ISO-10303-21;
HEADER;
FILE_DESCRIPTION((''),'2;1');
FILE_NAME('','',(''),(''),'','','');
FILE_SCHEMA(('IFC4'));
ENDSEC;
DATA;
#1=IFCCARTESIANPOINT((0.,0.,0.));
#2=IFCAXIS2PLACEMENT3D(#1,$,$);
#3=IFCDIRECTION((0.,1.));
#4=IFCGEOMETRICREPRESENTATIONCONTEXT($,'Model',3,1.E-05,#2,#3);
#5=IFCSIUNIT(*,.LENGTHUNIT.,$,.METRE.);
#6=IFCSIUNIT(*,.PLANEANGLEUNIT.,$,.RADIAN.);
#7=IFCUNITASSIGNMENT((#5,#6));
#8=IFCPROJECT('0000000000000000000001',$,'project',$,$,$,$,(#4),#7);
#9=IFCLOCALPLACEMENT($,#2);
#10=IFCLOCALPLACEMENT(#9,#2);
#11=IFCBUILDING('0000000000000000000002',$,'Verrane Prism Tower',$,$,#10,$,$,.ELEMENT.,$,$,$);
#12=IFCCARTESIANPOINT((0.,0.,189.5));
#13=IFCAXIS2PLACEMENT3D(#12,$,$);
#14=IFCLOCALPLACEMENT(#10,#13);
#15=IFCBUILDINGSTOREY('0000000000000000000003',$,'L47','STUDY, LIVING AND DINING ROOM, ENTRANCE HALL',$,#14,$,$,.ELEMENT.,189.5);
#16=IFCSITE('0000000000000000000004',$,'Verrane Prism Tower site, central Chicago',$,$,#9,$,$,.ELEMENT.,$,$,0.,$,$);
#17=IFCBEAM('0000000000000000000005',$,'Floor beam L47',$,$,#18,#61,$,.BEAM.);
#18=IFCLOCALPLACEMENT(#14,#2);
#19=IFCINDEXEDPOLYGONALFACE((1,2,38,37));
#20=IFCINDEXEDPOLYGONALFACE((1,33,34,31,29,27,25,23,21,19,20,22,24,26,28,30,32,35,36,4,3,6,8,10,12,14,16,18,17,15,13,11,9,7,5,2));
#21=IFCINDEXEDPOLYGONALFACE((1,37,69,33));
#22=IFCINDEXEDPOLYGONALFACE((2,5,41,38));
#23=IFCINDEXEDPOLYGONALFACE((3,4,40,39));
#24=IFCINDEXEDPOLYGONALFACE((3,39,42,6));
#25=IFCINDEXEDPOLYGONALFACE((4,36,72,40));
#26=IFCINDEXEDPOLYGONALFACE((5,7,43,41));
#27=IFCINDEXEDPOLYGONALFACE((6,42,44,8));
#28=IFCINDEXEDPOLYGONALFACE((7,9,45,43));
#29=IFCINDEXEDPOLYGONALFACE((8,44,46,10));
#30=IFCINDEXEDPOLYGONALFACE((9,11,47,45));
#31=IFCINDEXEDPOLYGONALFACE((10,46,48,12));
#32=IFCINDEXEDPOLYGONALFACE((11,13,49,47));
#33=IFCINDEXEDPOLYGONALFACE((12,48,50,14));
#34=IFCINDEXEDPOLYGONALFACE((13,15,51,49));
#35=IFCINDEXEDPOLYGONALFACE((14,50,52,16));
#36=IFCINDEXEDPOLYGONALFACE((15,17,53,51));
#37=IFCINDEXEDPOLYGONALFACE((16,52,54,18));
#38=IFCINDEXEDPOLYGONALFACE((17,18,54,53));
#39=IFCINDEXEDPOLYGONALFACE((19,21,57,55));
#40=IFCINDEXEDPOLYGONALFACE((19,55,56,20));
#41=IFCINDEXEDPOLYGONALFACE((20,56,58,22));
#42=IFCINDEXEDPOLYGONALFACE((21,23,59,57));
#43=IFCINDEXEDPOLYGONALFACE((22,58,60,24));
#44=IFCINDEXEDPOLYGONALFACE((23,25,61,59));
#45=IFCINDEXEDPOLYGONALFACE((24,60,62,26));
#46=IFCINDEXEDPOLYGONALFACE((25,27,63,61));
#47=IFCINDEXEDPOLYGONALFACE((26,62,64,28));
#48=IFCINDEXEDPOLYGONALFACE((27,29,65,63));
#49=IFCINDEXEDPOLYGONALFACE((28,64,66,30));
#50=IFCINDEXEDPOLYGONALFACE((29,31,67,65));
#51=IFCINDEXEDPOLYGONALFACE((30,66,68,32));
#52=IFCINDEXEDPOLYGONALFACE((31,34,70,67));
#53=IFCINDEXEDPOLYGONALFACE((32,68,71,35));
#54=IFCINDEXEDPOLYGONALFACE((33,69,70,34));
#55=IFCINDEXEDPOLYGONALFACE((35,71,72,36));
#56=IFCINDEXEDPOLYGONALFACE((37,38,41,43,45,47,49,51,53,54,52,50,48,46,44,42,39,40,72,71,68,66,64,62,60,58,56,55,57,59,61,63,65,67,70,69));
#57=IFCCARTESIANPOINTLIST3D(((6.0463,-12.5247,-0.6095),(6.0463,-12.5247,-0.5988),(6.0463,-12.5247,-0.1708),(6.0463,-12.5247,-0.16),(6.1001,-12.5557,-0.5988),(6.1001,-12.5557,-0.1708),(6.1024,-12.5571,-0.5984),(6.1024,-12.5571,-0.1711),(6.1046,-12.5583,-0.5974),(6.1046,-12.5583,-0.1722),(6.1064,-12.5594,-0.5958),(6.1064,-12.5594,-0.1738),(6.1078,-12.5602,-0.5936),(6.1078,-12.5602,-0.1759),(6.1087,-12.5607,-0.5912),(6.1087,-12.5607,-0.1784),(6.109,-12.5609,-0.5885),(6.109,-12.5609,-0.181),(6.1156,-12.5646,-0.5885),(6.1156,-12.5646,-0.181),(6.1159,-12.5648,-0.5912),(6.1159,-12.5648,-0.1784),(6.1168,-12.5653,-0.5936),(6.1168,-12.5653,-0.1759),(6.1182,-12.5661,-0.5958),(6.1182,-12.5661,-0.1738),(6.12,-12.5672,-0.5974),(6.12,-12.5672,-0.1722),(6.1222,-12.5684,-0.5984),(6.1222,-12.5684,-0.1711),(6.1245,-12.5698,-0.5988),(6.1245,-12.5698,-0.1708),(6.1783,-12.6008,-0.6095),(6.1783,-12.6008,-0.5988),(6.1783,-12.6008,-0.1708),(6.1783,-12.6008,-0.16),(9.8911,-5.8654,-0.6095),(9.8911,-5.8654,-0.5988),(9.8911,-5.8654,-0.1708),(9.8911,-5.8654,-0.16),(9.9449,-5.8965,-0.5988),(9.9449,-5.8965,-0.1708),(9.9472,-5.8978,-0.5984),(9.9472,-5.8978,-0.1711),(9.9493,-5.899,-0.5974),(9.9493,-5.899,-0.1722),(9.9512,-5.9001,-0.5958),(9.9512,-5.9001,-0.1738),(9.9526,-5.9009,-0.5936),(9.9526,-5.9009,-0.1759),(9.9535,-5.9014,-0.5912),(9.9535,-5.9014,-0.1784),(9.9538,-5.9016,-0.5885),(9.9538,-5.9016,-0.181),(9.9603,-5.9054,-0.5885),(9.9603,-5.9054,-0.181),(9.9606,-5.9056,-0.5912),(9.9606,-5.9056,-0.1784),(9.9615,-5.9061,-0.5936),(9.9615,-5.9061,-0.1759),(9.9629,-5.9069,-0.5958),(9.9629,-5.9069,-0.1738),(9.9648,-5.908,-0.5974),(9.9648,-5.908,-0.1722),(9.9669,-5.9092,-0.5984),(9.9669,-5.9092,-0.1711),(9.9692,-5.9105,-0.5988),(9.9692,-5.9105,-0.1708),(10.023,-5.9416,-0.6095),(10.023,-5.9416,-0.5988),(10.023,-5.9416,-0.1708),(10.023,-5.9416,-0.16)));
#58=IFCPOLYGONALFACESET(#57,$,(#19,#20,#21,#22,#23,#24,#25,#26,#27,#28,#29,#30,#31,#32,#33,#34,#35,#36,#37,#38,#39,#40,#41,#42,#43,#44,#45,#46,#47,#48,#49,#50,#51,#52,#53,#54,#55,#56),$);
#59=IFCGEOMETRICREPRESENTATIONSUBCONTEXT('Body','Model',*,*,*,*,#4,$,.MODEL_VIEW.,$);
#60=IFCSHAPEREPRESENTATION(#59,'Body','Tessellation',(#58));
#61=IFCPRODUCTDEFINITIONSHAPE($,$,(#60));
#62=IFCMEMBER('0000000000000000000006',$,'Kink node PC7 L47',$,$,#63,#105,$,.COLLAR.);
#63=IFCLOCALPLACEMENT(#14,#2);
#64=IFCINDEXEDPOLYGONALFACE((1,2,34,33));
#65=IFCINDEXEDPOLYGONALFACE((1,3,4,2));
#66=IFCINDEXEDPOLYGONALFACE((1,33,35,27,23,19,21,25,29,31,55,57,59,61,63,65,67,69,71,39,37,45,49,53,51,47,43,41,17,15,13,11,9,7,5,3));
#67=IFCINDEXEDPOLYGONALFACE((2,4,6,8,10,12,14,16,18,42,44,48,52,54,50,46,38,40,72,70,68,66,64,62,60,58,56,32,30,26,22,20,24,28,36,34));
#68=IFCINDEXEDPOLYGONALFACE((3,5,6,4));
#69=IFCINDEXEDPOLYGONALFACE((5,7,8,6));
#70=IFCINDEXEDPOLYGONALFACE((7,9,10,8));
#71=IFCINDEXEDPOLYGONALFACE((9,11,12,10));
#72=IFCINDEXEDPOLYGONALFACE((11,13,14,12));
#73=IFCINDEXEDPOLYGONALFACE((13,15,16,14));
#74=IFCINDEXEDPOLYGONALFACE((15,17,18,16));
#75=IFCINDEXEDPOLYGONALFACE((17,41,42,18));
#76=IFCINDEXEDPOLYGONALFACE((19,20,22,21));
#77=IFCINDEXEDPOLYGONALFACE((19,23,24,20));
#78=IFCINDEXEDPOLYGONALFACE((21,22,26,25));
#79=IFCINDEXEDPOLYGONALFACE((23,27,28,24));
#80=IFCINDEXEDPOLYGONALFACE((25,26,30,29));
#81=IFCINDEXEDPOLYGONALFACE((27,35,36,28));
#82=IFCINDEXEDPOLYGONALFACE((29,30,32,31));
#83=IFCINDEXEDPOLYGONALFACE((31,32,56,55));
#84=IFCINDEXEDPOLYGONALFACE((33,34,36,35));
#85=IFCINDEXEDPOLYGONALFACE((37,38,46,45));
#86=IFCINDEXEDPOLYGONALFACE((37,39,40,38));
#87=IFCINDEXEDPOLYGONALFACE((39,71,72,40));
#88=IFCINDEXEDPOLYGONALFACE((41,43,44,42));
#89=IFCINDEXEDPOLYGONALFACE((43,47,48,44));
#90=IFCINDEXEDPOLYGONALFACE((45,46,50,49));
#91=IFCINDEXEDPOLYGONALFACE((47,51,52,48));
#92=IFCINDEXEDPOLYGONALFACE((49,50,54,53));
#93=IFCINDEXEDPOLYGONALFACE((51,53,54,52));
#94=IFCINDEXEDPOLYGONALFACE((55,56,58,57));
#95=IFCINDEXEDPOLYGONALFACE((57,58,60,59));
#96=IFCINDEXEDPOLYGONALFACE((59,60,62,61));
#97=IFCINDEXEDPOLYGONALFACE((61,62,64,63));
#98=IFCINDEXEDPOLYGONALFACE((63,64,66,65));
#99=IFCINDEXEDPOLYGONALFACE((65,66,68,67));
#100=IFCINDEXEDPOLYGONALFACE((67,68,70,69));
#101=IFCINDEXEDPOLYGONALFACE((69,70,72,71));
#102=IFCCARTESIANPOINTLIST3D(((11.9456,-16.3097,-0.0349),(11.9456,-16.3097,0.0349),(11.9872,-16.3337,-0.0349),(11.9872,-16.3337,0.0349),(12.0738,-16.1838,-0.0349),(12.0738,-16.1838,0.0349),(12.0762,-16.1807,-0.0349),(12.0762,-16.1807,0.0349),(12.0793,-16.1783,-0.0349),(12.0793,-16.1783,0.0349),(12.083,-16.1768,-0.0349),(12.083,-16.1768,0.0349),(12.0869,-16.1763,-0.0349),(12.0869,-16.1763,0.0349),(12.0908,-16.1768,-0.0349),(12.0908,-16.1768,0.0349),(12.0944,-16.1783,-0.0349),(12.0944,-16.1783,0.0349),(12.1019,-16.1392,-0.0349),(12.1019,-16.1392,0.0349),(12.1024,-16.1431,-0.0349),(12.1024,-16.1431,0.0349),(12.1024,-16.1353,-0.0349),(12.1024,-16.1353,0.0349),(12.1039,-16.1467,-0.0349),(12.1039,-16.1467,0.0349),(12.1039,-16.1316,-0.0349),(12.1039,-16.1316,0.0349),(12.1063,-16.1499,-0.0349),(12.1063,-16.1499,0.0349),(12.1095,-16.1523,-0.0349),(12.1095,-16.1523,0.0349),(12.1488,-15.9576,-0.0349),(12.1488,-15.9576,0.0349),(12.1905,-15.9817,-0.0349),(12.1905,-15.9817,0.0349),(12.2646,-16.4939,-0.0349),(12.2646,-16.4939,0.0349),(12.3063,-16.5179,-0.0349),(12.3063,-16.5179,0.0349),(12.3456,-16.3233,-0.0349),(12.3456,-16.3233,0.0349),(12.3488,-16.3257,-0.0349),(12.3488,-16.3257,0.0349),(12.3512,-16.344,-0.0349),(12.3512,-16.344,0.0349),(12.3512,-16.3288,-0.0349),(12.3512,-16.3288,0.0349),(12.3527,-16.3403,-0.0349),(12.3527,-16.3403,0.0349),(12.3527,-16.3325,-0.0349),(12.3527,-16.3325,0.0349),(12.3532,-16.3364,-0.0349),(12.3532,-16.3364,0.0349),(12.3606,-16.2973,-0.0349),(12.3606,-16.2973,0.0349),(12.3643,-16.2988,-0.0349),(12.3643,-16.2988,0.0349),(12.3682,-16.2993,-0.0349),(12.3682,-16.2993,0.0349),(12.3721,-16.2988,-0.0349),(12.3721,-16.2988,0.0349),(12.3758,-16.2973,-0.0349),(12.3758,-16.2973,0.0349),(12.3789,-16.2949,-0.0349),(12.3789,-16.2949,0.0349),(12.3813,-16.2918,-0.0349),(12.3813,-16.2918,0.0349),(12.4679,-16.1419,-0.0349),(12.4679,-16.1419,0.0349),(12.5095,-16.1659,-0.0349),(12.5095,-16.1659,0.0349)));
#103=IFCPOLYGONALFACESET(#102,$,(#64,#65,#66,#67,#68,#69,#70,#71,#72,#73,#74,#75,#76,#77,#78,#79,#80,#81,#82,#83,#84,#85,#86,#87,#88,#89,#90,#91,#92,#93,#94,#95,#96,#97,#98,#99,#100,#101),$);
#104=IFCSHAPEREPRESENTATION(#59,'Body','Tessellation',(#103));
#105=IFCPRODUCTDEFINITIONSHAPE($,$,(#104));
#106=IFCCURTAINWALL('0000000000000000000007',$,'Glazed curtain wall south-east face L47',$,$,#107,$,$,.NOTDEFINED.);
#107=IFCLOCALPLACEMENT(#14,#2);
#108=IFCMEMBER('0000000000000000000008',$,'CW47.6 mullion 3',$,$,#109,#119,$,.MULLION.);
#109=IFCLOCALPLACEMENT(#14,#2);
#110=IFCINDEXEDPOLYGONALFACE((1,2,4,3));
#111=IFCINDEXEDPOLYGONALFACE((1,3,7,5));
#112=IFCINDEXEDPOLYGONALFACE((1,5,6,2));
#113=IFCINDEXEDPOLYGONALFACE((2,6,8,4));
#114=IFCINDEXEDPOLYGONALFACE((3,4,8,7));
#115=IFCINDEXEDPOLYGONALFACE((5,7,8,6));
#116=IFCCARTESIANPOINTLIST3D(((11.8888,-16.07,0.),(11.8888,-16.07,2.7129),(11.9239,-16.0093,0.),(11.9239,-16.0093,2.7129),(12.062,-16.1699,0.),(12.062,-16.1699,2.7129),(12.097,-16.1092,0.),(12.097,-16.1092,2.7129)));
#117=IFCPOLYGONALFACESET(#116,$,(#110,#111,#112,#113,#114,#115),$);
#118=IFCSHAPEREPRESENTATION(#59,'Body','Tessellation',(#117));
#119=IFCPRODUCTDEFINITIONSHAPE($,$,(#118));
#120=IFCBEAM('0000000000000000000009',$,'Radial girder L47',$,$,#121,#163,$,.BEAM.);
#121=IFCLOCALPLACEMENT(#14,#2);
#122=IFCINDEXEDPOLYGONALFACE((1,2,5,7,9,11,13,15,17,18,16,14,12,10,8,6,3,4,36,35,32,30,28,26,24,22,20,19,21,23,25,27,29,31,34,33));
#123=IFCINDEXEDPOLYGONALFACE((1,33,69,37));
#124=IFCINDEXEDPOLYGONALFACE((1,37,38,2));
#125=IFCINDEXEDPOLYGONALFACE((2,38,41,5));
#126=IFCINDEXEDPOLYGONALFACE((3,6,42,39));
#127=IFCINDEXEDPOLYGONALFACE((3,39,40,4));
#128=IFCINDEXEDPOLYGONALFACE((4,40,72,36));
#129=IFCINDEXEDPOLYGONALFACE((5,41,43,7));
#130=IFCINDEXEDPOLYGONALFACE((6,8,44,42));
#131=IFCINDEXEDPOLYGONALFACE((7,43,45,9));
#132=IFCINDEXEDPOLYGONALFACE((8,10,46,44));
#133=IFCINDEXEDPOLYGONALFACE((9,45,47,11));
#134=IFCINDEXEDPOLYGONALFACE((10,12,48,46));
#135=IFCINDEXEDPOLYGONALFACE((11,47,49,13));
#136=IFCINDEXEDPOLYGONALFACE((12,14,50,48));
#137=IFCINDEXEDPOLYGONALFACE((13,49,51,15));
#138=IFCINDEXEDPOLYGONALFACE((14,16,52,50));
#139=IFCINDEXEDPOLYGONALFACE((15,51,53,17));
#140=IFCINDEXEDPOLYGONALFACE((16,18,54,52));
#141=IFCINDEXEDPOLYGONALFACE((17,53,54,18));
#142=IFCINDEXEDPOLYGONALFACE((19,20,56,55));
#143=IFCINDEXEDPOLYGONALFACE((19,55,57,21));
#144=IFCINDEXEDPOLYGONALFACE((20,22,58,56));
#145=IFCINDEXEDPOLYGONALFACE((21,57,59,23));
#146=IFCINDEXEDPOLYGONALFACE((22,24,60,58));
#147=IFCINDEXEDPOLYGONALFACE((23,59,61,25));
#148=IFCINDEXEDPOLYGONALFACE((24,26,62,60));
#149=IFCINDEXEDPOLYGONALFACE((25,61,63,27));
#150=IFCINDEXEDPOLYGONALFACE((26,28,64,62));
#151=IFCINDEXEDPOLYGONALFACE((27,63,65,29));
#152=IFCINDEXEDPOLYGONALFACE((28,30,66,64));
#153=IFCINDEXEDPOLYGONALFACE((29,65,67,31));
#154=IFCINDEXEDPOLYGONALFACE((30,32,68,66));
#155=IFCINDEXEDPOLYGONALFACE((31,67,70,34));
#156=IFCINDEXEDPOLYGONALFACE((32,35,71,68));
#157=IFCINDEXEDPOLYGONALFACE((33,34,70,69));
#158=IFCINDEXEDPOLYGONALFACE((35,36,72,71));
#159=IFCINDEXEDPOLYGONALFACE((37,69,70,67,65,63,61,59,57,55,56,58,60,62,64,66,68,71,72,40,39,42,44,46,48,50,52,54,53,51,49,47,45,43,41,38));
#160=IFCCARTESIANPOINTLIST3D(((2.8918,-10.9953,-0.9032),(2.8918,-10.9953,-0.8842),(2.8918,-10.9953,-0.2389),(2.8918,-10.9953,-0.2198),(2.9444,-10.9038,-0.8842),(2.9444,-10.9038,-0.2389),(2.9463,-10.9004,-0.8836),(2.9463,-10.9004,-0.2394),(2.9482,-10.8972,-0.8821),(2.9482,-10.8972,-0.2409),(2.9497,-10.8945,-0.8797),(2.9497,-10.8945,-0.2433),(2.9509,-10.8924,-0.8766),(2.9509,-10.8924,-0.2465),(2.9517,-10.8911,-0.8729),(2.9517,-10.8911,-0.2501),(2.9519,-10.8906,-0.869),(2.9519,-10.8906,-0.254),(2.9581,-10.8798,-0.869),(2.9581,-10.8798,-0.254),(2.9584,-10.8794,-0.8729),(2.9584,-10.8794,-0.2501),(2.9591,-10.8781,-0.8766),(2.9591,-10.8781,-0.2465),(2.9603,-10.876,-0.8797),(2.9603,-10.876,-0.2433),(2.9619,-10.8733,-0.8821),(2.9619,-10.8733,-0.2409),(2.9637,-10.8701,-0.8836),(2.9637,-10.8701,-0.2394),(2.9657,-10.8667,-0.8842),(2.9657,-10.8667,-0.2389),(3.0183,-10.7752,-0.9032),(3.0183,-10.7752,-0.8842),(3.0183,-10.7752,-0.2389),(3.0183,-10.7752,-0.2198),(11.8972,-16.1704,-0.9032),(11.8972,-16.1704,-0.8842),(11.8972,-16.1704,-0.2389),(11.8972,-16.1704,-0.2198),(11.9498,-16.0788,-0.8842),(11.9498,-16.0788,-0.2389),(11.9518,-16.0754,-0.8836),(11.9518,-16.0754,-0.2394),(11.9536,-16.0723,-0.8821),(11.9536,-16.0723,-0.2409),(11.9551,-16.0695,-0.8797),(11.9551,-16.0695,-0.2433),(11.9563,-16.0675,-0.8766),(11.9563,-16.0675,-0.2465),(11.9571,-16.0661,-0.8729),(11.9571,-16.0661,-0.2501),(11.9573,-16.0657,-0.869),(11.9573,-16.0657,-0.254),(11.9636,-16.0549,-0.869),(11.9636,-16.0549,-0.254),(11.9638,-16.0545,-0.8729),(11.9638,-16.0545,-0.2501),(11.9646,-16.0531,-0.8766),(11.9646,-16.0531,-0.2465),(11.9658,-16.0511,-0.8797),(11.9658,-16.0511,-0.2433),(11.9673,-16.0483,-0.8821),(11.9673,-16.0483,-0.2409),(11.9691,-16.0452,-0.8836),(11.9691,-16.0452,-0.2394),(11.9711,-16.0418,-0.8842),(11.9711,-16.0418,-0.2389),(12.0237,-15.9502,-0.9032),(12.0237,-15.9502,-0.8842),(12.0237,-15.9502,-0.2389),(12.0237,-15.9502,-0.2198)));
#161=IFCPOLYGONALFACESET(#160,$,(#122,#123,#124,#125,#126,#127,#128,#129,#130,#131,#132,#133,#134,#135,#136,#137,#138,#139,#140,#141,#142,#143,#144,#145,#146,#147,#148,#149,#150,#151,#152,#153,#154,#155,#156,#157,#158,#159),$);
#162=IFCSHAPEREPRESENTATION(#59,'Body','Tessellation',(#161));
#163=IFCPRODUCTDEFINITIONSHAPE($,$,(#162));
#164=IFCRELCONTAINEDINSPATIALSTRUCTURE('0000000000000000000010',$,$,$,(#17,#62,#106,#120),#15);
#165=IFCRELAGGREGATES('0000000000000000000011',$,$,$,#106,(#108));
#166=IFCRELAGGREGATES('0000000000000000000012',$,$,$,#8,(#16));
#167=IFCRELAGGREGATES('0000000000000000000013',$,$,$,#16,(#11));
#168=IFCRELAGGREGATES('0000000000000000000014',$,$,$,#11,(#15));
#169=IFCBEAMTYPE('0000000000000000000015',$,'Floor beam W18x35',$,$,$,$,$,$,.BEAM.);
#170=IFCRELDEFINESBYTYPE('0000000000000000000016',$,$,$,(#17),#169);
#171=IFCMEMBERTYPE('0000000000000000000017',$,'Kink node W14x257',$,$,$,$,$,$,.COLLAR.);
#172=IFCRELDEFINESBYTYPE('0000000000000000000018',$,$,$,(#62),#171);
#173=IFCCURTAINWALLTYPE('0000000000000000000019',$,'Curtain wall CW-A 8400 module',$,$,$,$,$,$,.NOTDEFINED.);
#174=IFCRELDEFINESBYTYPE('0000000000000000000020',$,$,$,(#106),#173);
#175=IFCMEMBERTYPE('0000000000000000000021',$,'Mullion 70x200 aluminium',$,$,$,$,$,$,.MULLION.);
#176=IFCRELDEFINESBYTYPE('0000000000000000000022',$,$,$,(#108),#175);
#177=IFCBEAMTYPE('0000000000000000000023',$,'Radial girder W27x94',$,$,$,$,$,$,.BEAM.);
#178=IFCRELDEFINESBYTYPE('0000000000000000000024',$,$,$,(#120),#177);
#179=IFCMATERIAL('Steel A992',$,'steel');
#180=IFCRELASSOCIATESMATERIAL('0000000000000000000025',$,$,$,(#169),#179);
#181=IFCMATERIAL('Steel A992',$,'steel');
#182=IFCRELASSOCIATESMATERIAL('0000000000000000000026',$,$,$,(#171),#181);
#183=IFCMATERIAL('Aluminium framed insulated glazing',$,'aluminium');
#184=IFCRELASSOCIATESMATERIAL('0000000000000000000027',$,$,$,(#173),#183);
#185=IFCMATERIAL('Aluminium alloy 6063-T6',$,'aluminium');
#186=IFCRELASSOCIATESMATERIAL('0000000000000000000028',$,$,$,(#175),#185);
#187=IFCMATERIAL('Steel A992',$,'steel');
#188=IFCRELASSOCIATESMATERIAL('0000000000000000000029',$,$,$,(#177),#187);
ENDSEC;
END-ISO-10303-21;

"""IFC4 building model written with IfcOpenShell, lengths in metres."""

from ifc_helpers import new_model, si_unit, direction, frame, origin, origin_2d, place, context, subcontext, project, spatial, rectangle, i_section, extrude, material, material_profile, profile_set, type_object, element, aggregate, save


model = new_model("IFC4")

# Units and contexts
model_context = context("Model", 3, precision=1e-05, world=origin(), true_north=direction((0.0, 1.0)))
body_context = subcontext(model_context, "Body", "Model", "MODEL_VIEW")
ifc_project = project(units=[si_unit("LENGTHUNIT", "METRE"), si_unit("PLANEANGLEUNIT", "RADIAN")], contexts=[model_context])

# Site, building, storey
site_placement = place(None, origin())
site = spatial("IfcSite", under=ifc_project, at=site_placement, Name="Verrane Prism Tower site, central Chicago", CompositionType="ELEMENT", RefElevation=0.0)
building_placement = place(site_placement, origin())
building = spatial("IfcBuilding", under=site, at=building_placement, Name="Verrane Prism Tower", CompositionType="ELEMENT")
storey_placement = place(building_placement, frame((0.0, 0.0, 189.5)))
storey = spatial("IfcBuildingStorey", under=building, at=storey_placement, Name="L47", Description="STUDY, LIVING AND DINING ROOM, ENTRANCE HALL", CompositionType="ELEMENT", Elevation=189.5)

# Beam
ifc_material_1 = material(Name="Steel A992", Category="steel")
ifc_material_profile_1 = material_profile(ifc_material_1, i_section(OverallWidth=0.1523, OverallDepth=0.4495, WebThickness=0.0076, FlangeThickness=0.0107, FilletRadius=0.0103, at=origin_2d()), Name="W18x35")
ifc_profile_set_1 = profile_set([ifc_material_profile_1], Name="Steel A992")
beam_type_1 = type_object("IfcBeamType", Name="Floor beam W18x35", PredefinedType="BEAM", material=ifc_profile_set_1)
for number, where, z_axis, x_axis, name in (
    (1, (6.1123, -12.5627, -0.3848), (0.500005, 0.866023, 0.0), (-0.866023, 0.500005, 0.0), "Floor beam L47"),
):
    element("IfcBeam", number, at=place(storey_placement, frame(where, z_axis=z_axis, x_axis=x_axis)), inside=storey, type_object=beam_type_1, Name=name, PredefinedType="BEAM", context=body_context, shape_type="SweptSolid", body=[
        extrude(i_section(OverallWidth=0.1523, OverallDepth=0.4495, WebThickness=0.0076, FlangeThickness=0.0107, FilletRadius=0.0103, at=origin_2d()), origin(), (0.0, 0.0, 1.0), 7.6895),
    ])

# Member
ifc_material_2 = material(Name="Steel A992", Category="steel")
ifc_material_profile_2 = material_profile(ifc_material_2, i_section(OverallWidth=0.4065, OverallDepth=0.4165, WebThickness=0.03, FlangeThickness=0.0481, FilletRadius=0.0151, at=origin_2d()), Name="W14x257")
ifc_profile_set_2 = profile_set([ifc_material_profile_2], Name="Steel A992")
member_type_1 = type_object("IfcMemberType", Name="Kink node W14x257", PredefinedType="COLLAR", material=ifc_profile_set_2)
member_1_placement = place(storey_placement, frame((12.2275, -16.2378, -0.0349), z_axis=(0.0, 0.0, 1.0), x_axis=(-0.5, -0.866025, 0.0)))
element("IfcMember", 2, at=member_1_placement, inside=storey, type_object=member_type_1, Name="Kink node PC7 L47", PredefinedType="COLLAR", context=body_context, shape_type="SweptSolid", body=[
    extrude(i_section(OverallWidth=0.4065, OverallDepth=0.4165, WebThickness=0.03, FlangeThickness=0.0481, FilletRadius=0.0151, at=origin_2d()), origin(), (0.0, 0.0, 1.0), 0.0698),
])

# Curtain wall, member
ifc_material_3 = material(Name="Aluminium framed insulated glazing", Category="aluminium")
curtain_wall_type = type_object("IfcCurtainWallType", Name="Curtain wall CW-A 8400 module", PredefinedType="NOTDEFINED", material=ifc_material_3)
curtain_wall_placement = place(storey_placement, origin())
curtain_wall = element("IfcCurtainWall", 3, at=curtain_wall_placement, inside=storey, type_object=curtain_wall_type, Name="Glazed curtain wall south-east face L47", PredefinedType="NOTDEFINED")
ifc_material_4 = material(Name="Aluminium alloy 6063-T6", Category="aluminium")
ifc_material_profile_3 = material_profile(ifc_material_4, rectangle(XDim=0.2, YDim=0.0701, at=origin_2d()), Name="Mullion 70x200 aluminium")
ifc_profile_set_3 = profile_set([ifc_material_profile_3], Name="Aluminium alloy 6063-T6")
member_type_2 = type_object("IfcMemberType", Name="Mullion 70x200 aluminium", PredefinedType="MULLION", material=ifc_profile_set_3)
member_2_placement = place(storey_placement, frame((11.9929, -16.0896, 0.0), z_axis=(0.0, 0.0, 1.0), x_axis=(-0.866026, 0.5, 0.0)))
member_2 = element("IfcMember", 4, at=member_2_placement, type_object=member_type_2, Name="CW47.6 mullion 3", PredefinedType="MULLION", context=body_context, shape_type="SweptSolid", body=[
    extrude(rectangle(XDim=0.2, YDim=0.0701, at=origin_2d()), origin(), (0.0, 0.0, 1.0), 2.7129),
])

# Beam
ifc_material_5 = material(Name="Steel A992", Category="steel")
ifc_material_profile_4 = material_profile(ifc_material_5, i_section(OverallWidth=0.2539, OverallDepth=0.6833, WebThickness=0.0125, FlangeThickness=0.019, FilletRadius=0.0151, at=origin_2d()), Name="W27x94")
ifc_profile_set_4 = profile_set([ifc_material_profile_4], Name="Steel A992")
beam_type_2 = type_object("IfcBeamType", Name="Radial girder W27x94", PredefinedType="BEAM", material=ifc_profile_set_4)
beam_1_placement = place(storey_placement, frame((11.9604, -16.0603, -0.5615), z_axis=(-0.867033, 0.498251, 0.0), x_axis=(-0.498251, -0.867033, 0.0)))
element("IfcBeam", 5, at=beam_1_placement, inside=storey, type_object=beam_type_2, Name="Radial girder L47", PredefinedType="BEAM", context=body_context, shape_type="SweptSolid", body=[
    extrude(i_section(OverallWidth=0.2539, OverallDepth=0.6833, WebThickness=0.0125, FlangeThickness=0.019, FilletRadius=0.0151, at=origin_2d()), origin(), (0.0, 0.0, 1.0), 10.3865),
])

aggregate(curtain_wall, [member_2])

save(model, "model.ifc")
